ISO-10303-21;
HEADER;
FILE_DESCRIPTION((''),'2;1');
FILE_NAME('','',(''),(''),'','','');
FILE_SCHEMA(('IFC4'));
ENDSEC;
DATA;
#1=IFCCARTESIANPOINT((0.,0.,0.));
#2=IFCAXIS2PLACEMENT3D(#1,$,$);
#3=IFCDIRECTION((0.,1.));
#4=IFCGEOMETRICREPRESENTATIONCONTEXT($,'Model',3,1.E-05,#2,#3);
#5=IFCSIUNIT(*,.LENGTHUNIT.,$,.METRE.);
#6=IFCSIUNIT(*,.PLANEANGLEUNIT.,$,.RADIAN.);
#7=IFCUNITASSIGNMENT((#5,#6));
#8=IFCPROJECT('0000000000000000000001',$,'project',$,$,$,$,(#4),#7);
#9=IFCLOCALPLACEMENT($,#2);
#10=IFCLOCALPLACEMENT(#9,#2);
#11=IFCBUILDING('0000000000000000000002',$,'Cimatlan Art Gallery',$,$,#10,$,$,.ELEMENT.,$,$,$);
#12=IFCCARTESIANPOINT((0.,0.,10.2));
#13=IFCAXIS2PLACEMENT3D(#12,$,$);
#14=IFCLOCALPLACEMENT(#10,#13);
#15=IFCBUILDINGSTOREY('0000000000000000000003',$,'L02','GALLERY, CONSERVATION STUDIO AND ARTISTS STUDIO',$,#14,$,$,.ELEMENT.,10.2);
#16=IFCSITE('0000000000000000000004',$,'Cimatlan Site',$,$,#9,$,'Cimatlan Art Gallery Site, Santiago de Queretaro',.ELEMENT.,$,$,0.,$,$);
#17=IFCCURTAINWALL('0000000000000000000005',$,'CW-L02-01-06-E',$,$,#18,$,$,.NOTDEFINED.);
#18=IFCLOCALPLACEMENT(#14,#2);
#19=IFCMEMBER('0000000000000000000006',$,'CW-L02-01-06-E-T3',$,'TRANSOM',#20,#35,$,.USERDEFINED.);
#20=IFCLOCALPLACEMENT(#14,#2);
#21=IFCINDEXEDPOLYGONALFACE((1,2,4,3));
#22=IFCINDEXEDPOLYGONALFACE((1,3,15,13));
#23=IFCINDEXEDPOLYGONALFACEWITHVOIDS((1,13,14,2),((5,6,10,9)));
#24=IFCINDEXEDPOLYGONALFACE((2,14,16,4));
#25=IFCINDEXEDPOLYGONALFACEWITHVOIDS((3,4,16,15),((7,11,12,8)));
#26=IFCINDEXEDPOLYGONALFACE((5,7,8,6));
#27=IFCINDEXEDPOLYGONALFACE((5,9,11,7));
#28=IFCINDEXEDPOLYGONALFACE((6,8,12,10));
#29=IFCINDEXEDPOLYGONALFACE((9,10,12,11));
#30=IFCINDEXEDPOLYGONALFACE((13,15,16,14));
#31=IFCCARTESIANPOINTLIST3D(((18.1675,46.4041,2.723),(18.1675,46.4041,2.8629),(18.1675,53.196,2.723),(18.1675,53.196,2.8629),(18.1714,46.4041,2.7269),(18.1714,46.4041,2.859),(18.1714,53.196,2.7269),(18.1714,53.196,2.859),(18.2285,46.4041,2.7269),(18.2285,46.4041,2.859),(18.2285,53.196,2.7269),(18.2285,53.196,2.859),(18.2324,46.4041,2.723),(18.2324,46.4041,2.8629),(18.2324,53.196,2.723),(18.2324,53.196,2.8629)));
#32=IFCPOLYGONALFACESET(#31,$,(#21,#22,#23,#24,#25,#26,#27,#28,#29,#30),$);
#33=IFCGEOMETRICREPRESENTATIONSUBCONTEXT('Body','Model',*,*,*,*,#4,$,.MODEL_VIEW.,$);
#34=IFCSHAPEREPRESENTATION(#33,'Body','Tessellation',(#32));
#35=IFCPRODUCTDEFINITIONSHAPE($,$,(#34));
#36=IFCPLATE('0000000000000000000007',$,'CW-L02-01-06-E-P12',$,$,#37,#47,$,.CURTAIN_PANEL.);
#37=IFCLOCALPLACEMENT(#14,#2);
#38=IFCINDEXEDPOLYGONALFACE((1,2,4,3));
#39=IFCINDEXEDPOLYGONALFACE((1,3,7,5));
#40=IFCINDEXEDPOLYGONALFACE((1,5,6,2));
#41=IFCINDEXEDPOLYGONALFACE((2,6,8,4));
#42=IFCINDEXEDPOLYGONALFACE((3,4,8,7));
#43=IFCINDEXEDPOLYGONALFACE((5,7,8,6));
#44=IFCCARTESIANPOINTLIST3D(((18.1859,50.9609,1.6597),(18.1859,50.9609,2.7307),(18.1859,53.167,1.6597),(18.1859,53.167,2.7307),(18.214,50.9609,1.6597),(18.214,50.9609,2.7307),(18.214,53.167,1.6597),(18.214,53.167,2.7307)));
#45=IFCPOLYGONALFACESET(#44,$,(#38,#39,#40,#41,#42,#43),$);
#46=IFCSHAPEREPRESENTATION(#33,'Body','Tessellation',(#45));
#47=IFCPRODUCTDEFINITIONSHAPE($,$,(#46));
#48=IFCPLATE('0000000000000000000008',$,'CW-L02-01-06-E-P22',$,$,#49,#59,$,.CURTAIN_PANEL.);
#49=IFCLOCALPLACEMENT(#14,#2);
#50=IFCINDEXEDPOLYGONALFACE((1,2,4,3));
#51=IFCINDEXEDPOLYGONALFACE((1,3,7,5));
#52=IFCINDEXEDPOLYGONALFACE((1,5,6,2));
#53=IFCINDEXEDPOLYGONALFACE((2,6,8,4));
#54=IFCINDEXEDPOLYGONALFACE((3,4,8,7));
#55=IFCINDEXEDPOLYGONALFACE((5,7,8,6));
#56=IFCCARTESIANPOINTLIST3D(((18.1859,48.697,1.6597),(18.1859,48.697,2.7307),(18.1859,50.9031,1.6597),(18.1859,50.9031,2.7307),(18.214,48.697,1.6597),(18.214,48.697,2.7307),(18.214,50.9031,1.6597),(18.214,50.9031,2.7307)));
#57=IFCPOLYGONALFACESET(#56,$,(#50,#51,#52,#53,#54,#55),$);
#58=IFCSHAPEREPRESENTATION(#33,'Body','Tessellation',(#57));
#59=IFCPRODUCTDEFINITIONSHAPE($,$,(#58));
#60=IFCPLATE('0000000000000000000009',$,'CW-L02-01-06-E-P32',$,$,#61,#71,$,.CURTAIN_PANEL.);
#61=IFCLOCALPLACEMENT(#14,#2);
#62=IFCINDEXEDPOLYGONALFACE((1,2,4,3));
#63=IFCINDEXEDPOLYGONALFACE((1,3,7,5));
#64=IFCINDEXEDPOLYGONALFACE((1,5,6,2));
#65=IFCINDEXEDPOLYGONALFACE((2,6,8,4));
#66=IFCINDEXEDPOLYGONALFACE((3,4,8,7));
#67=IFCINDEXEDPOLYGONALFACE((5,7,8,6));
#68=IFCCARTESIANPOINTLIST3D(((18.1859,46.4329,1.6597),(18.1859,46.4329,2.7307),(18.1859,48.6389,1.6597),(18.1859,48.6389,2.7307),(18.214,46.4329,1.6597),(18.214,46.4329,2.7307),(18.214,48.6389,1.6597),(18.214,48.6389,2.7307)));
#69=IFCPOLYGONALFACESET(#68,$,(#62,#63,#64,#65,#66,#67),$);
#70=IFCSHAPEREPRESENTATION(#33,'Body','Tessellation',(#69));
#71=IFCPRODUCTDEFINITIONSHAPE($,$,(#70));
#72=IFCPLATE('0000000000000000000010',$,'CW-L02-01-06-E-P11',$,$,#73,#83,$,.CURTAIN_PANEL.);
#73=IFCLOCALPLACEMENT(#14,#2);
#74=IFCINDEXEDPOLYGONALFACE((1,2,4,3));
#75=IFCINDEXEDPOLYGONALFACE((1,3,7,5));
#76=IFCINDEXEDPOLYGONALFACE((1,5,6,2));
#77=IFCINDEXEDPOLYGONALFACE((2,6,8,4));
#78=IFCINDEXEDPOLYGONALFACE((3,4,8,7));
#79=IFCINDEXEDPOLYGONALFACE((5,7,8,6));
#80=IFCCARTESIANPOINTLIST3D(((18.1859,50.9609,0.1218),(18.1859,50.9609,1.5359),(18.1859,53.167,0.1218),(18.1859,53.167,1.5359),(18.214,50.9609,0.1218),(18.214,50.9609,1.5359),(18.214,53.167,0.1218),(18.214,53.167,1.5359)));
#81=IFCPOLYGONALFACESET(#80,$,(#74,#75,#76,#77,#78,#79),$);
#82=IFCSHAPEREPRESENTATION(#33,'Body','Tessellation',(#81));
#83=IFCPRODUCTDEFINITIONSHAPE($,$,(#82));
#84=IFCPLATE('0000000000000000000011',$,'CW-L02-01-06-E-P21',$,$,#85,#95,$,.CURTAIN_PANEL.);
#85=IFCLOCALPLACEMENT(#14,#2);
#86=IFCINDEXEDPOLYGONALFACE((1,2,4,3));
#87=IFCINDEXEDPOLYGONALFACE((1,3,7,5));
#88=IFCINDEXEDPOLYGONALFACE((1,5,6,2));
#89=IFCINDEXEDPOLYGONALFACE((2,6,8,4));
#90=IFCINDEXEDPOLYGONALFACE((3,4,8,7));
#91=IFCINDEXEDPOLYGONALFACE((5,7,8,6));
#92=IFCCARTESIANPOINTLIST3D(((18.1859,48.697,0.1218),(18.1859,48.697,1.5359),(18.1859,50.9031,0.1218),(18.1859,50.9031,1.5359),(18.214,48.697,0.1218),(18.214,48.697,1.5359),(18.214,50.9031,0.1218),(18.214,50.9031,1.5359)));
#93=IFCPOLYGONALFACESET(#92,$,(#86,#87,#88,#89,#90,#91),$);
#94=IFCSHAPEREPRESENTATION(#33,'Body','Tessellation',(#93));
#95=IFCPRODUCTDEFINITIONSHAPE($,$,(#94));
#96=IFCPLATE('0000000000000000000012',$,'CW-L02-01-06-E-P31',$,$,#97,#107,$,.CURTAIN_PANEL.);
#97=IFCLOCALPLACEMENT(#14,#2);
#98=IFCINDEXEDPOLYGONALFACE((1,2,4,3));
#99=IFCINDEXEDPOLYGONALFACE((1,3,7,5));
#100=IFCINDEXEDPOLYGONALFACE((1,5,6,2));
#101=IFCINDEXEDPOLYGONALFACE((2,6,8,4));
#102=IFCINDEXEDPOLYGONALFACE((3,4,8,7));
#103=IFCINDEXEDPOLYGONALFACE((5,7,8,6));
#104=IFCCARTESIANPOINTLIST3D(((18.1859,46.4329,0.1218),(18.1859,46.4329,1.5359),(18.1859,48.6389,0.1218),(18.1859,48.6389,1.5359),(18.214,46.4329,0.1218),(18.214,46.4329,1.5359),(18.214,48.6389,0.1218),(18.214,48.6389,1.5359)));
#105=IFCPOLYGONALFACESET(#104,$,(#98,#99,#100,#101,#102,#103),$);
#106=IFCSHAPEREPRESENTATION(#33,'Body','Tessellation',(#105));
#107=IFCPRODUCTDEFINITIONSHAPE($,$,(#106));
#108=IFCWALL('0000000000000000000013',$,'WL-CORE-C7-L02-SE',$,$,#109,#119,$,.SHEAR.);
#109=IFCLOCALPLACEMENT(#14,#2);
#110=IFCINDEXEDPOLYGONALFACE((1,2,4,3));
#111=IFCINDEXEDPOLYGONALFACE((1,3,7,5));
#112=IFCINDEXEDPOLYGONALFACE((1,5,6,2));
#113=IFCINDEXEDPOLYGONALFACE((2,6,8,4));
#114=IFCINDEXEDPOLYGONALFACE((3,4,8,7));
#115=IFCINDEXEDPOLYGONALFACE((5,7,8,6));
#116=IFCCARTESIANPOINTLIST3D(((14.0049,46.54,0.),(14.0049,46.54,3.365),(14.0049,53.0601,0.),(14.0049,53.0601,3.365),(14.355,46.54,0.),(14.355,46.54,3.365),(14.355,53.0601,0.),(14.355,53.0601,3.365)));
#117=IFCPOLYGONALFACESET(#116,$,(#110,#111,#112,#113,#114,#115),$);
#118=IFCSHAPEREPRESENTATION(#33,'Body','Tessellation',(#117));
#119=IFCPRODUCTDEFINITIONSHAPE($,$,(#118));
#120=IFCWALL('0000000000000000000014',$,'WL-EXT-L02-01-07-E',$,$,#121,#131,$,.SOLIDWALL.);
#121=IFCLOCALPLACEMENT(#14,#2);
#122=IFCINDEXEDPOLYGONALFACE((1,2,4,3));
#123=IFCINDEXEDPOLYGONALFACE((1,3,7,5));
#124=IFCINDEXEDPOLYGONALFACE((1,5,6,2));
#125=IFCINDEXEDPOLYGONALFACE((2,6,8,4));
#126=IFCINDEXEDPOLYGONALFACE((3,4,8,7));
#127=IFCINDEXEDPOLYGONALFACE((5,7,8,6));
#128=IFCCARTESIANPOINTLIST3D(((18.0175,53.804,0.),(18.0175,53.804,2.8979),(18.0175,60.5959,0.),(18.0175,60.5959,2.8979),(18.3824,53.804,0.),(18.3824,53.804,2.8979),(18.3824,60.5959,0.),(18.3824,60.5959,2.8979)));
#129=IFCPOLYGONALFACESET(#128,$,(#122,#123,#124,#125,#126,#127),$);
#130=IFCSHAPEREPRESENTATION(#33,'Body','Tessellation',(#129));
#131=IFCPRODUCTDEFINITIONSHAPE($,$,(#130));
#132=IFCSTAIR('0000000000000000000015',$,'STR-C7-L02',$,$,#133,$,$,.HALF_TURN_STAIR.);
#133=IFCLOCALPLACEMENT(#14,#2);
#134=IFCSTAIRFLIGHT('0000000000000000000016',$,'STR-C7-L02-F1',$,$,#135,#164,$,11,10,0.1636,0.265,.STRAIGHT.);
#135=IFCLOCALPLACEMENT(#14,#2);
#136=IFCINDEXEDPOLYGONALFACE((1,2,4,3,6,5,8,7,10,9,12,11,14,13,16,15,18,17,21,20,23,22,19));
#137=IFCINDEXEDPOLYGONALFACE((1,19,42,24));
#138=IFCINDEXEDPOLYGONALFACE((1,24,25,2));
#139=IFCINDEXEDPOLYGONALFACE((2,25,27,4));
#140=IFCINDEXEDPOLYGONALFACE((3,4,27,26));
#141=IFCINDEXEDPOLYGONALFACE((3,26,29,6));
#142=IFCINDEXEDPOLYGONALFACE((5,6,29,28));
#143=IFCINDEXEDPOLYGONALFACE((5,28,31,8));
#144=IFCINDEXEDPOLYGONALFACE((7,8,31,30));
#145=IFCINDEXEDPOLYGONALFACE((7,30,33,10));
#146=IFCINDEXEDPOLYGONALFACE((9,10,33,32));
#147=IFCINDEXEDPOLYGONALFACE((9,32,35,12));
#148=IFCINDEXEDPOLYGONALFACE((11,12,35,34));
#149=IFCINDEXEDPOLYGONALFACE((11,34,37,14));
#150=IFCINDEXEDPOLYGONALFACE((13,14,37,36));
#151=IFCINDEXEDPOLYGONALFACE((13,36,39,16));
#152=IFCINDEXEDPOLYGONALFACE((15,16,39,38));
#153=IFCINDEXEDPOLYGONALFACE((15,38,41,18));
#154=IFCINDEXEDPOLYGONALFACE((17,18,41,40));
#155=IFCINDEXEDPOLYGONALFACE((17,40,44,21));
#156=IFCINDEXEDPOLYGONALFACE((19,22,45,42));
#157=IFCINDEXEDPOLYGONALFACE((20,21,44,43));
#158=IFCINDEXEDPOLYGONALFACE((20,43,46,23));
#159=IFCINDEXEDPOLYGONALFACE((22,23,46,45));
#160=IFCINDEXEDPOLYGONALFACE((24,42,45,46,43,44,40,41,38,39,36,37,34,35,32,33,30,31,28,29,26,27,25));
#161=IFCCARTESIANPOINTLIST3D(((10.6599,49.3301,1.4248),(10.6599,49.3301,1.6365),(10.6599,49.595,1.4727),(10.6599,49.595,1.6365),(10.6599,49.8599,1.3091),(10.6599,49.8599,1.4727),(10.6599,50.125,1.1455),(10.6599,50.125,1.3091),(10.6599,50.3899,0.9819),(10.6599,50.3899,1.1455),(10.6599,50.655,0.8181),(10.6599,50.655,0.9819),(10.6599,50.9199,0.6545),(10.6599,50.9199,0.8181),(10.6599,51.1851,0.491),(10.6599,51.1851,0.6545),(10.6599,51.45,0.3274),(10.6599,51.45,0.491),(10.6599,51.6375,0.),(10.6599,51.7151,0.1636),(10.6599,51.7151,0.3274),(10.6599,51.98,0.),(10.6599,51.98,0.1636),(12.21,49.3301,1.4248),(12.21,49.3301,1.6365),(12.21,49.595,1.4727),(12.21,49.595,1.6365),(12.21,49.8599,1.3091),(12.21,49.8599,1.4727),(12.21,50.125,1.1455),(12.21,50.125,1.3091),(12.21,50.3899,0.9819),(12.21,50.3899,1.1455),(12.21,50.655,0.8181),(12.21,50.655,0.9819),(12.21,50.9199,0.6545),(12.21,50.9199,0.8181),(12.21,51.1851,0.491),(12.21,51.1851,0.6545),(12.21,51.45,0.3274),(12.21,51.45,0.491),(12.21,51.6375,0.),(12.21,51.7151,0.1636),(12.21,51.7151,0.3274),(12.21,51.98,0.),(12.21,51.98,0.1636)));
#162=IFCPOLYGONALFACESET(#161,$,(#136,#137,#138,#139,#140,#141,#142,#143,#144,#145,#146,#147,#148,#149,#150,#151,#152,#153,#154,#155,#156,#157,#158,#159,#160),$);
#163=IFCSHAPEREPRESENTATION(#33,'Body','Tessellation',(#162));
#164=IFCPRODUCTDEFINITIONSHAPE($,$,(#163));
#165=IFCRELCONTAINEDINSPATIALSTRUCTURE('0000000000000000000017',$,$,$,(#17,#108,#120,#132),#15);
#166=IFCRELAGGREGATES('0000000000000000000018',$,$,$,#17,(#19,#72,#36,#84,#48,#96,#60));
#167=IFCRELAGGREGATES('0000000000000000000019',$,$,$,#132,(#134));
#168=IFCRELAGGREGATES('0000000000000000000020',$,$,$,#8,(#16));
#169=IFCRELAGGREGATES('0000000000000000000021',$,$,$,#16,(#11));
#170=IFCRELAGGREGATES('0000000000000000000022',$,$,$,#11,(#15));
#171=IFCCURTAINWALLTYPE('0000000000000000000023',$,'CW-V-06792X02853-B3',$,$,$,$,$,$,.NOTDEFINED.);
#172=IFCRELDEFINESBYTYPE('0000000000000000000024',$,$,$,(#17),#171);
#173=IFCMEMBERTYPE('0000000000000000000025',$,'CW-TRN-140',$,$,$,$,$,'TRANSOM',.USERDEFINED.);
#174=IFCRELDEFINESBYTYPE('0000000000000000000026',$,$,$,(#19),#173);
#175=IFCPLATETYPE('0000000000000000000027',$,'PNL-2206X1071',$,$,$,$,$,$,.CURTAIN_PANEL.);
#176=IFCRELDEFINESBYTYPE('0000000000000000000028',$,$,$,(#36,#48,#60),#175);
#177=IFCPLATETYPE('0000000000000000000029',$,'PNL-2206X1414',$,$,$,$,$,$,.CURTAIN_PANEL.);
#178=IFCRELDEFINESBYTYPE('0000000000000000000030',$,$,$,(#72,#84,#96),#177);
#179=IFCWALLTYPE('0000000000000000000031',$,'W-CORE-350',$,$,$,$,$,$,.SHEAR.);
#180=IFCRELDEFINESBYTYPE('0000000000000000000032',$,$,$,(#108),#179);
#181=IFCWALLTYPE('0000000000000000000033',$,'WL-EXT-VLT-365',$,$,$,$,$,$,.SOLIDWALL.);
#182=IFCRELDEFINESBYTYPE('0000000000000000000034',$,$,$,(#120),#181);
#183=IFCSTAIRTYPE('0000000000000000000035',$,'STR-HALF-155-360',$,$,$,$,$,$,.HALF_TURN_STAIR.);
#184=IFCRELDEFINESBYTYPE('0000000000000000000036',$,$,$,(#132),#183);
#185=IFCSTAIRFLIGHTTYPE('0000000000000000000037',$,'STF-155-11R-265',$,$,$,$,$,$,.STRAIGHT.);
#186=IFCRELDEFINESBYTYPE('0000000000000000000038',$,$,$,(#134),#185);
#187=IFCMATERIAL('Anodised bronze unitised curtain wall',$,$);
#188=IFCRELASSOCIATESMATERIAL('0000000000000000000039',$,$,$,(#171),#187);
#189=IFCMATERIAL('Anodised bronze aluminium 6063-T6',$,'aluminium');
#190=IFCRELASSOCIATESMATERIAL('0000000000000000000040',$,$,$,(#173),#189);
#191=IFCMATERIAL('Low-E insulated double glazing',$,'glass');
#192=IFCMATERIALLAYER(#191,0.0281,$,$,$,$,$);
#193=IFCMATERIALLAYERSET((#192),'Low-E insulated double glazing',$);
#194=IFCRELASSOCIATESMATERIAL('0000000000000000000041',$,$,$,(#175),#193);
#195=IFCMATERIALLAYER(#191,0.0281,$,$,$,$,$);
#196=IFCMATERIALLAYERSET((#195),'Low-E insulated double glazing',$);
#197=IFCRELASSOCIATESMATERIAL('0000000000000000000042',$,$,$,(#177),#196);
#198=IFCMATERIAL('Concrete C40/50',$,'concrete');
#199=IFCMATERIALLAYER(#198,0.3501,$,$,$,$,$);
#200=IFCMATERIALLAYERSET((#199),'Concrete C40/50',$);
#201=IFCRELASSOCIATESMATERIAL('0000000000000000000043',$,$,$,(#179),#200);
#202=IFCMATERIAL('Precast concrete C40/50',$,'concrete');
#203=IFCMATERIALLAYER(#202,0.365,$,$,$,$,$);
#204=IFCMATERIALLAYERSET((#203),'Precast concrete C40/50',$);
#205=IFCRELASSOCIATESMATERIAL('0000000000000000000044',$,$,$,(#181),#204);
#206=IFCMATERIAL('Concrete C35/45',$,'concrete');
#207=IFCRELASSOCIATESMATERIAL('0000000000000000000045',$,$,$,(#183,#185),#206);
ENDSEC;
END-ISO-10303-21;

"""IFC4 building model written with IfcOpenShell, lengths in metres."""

from ifc_helpers import new_model, si_unit, direction, frame, frame_2d, origin, origin_2d, place, context, subcontext, project, spatial, polyline, rectangle, hollow_rectangle, outline, extrude, material, layer, layer_set, material_profile, profile_set, type_object, element, aggregate, save


model = new_model("IFC4")

# Units and contexts
model_context = context("Model", 3, precision=1e-05, world=origin(), true_north=direction((0.0, 1.0)))
body_context = subcontext(model_context, "Body", "Model", "MODEL_VIEW")
ifc_project = project(units=[si_unit("LENGTHUNIT", "METRE"), si_unit("PLANEANGLEUNIT", "RADIAN")], contexts=[model_context])

# Site, building, storey
site_placement = place(None, origin())
site = spatial("IfcSite", under=ifc_project, at=site_placement, Name="Cimatlan Site", LongName="Cimatlan Art Gallery Site, Santiago de Queretaro", CompositionType="ELEMENT", RefElevation=0.0)
building_placement = place(site_placement, origin())
building = spatial("IfcBuilding", under=site, at=building_placement, Name="Cimatlan Art Gallery", CompositionType="ELEMENT")
storey_placement = place(building_placement, frame((0.0, 0.0, 10.2)))
storey = spatial("IfcBuildingStorey", under=building, at=storey_placement, Name="L02", Description="GALLERY, CONSERVATION STUDIO AND ARTISTS STUDIO", CompositionType="ELEMENT", Elevation=10.2)

# Curtain wall, member, plates
ifc_material_1 = material(Name="Anodised bronze unitised curtain wall")
curtain_wall_type = type_object("IfcCurtainWallType", Name="CW-V-06792X02853-B3", PredefinedType="NOTDEFINED", material=ifc_material_1)
curtain_wall_placement = place(storey_placement, origin())
curtain_wall = element("IfcCurtainWall", 1, at=curtain_wall_placement, inside=storey, type_object=curtain_wall_type, Name="CW-L02-01-06-E", PredefinedType="NOTDEFINED")
ifc_material_2 = material(Name="Anodised bronze aluminium 6063-T6", Category="aluminium")
ifc_material_profile_1 = material_profile(ifc_material_2, hollow_rectangle(XDim=0.0649, YDim=0.1399, WallThickness=0.0039, at=origin_2d()), Name="ALU65X140X4")
ifc_profile_set_1 = profile_set([ifc_material_profile_1], Name="Anodised bronze aluminium 6063-T6")
member_type_1 = type_object("IfcMemberType", Name="CW-TRN-140", ElementType="TRANSOM", PredefinedType="USERDEFINED", material=ifc_profile_set_1)
member_1_placement = place(storey_placement, frame((18.2, 53.196, 2.793), z_axis=(0.0, -1.0, 0.0), x_axis=(1.0, 0.0, 0.0)))
member_1 = element("IfcMember", 2, at=member_1_placement, type_object=member_type_1, Name="CW-L02-01-06-E-T3", ObjectType="TRANSOM", PredefinedType="USERDEFINED", context=body_context, shape_type="SweptSolid", body=[
    extrude(hollow_rectangle(XDim=0.0649, YDim=0.1399, WallThickness=0.0039, at=origin_2d()), origin(), (0.0, 0.0, 1.0), 6.792),
])
ifc_material_3 = material(Name="Low-E insulated double glazing", Category="glass")
ifc_layer_1 = layer(ifc_material_3, 0.0281)
ifc_layer_set_1 = layer_set([ifc_layer_1], Name="Low-E insulated double glazing")
plate_type_1 = type_object("IfcPlateType", Name="PNL-2206X1071", PredefinedType="CURTAIN_PANEL", material=ifc_layer_set_1)
plate_1_placement = place(storey_placement, frame((18.2, 52.064, 1.6597), z_axis=(0.0, 0.0, 1.0), x_axis=(0.0, -1.0, 0.0)))
plate_1 = element("IfcPlate", 3, at=plate_1_placement, type_object=plate_type_1, Name="CW-L02-01-06-E-P12", PredefinedType="CURTAIN_PANEL", context=body_context, shape_type="SweptSolid", body=[
    extrude(rectangle(XDim=2.2061, YDim=0.0281, at=origin_2d()), origin(), (0.0, 0.0, 1.0), 1.071),
])
plate_2_placement = place(storey_placement, frame((18.2, 49.8, 1.6597), z_axis=(0.0, 0.0, 1.0), x_axis=(0.0, -1.0, 0.0)))
plate_2 = element("IfcPlate", 4, at=plate_2_placement, type_object=plate_type_1, Name="CW-L02-01-06-E-P22", PredefinedType="CURTAIN_PANEL", context=body_context, shape_type="SweptSolid", body=[
    extrude(rectangle(XDim=2.2061, YDim=0.0281, at=origin_2d()), origin(), (0.0, 0.0, 1.0), 1.071),
])
plate_3_placement = place(storey_placement, frame((18.2, 47.5359, 1.6597), z_axis=(0.0, 0.0, 1.0), x_axis=(0.0, -1.0, 0.0)))
plate_3 = element("IfcPlate", 5, at=plate_3_placement, type_object=plate_type_1, Name="CW-L02-01-06-E-P32", PredefinedType="CURTAIN_PANEL", context=body_context, shape_type="SweptSolid", body=[
    extrude(rectangle(XDim=2.2061, YDim=0.0281, at=origin_2d()), origin(), (0.0, 0.0, 1.0), 1.071),
])
ifc_layer_2 = layer(ifc_material_3, 0.0281)
ifc_layer_set_2 = layer_set([ifc_layer_2], Name="Low-E insulated double glazing")
plate_type_2 = type_object("IfcPlateType", Name="PNL-2206X1414", PredefinedType="CURTAIN_PANEL", material=ifc_layer_set_2)
plate_4_placement = place(storey_placement, frame((18.2, 52.064, 0.1218), z_axis=(0.0, 0.0, 1.0), x_axis=(0.0, -1.0, 0.0)))
plate_4 = element("IfcPlate", 6, at=plate_4_placement, type_object=plate_type_2, Name="CW-L02-01-06-E-P11", PredefinedType="CURTAIN_PANEL", context=body_context, shape_type="SweptSolid", body=[
    extrude(rectangle(XDim=2.2061, YDim=0.0281, at=origin_2d()), origin(), (0.0, 0.0, 1.0), 1.4141),
])
plate_5_placement = place(storey_placement, frame((18.2, 49.8, 0.1218), z_axis=(0.0, 0.0, 1.0), x_axis=(0.0, -1.0, 0.0)))
plate_5 = element("IfcPlate", 7, at=plate_5_placement, type_object=plate_type_2, Name="CW-L02-01-06-E-P21", PredefinedType="CURTAIN_PANEL", context=body_context, shape_type="SweptSolid", body=[
    extrude(rectangle(XDim=2.2061, YDim=0.0281, at=origin_2d()), origin(), (0.0, 0.0, 1.0), 1.4141),
])
plate_6_placement = place(storey_placement, frame((18.2, 47.5359, 0.1218), z_axis=(0.0, 0.0, 1.0), x_axis=(0.0, -1.0, 0.0)))
plate_6 = element("IfcPlate", 8, at=plate_6_placement, type_object=plate_type_2, Name="CW-L02-01-06-E-P31", PredefinedType="CURTAIN_PANEL", context=body_context, shape_type="SweptSolid", body=[
    extrude(rectangle(XDim=2.2061, YDim=0.0281, at=origin_2d()), origin(), (0.0, 0.0, 1.0), 1.4141),
])
aggregate(curtain_wall, [member_1, plate_4, plate_1, plate_5, plate_2, plate_6, plate_3])

# Walls
ifc_material_4 = material(Name="Concrete C40/50", Category="concrete")
ifc_layer_3 = layer(ifc_material_4, 0.3501)
ifc_layer_set_3 = layer_set([ifc_layer_3], Name="Concrete C40/50")
wall_type_1 = type_object("IfcWallType", Name="W-CORE-350", PredefinedType="SHEAR", material=ifc_layer_set_3)
wall_1_placement = place(storey_placement, frame((14.1799, 46.54, 0.0), z_axis=(0.0, 0.0, 1.0), x_axis=(0.0, 1.0, 0.0)))
element("IfcWall", 9, at=wall_1_placement, inside=storey, type_object=wall_type_1, Name="WL-CORE-C7-L02-SE", PredefinedType="SHEAR", context=body_context, shape_type="SweptSolid", body=[
    extrude(rectangle(XDim=6.52, YDim=0.3501, at=frame_2d((3.26, 0.0))), origin(), (0.0, 0.0, 1.0), 3.365),
])
ifc_material_5 = material(Name="Precast concrete C40/50", Category="concrete")
ifc_layer_4 = layer(ifc_material_5, 0.365)
ifc_layer_set_4 = layer_set([ifc_layer_4], Name="Precast concrete C40/50")
wall_type_2 = type_object("IfcWallType", Name="WL-EXT-VLT-365", PredefinedType="SOLIDWALL", material=ifc_layer_set_4)
wall_2_placement = place(storey_placement, frame((18.2, 60.5959, 0.0), z_axis=(0.0, 0.0, 1.0), x_axis=(0.0, -1.0, 0.0)))
element("IfcWall", 10, at=wall_2_placement, inside=storey, type_object=wall_type_2, Name="WL-EXT-L02-01-07-E", PredefinedType="SOLIDWALL", context=body_context, shape_type="SweptSolid", body=[
    extrude(rectangle(XDim=6.792, YDim=0.365, at=frame_2d((3.396, 0.0))), origin(), (0.0, 0.0, 1.0), 2.8979),
])

# Stair, stair flight
ifc_material_6 = material(Name="Concrete C35/45", Category="concrete")
stair_type = type_object("IfcStairType", Name="STR-HALF-155-360", PredefinedType="HALF_TURN_STAIR", material=ifc_material_6)
stair_placement = place(storey_placement, origin())
stair = element("IfcStair", 11, at=stair_placement, inside=storey, type_object=stair_type, Name="STR-C7-L02", PredefinedType="HALF_TURN_STAIR")
stair_flight_type = type_object("IfcStairFlightType", Name="STF-155-11R-265", PredefinedType="STRAIGHT", material=ifc_material_6)
stair_flight_1_placement = place(storey_placement, frame((11.4351, 51.98, 0.0), z_axis=(0.0, 0.0, 1.0), x_axis=(0.0, -1.0, 0.0)))
stair_flight_1 = element("IfcStairFlight", 12, at=stair_flight_1_placement, type_object=stair_flight_type, Name="STR-C7-L02-F1", NumberOfRisers=11, NumberOfTreads=10, PredefinedType="STRAIGHT", RiserHeight=0.1636, TreadLength=0.265, context=body_context, shape_type="SweptSolid", body=[
    extrude(outline(polyline([(0.0, 0.0), (0.0, 0.1636), (0.2649, 0.1636), (0.2649, 0.3274), (0.53, 0.3274), (0.53, 0.491), (0.7949, 0.491), (0.7949, 0.6545), (1.0601, 0.6545), (1.0601, 0.8181), (1.325, 0.8181), (1.325, 0.9819), (1.5901, 0.9819), (1.5901, 1.1455), (1.855, 1.1455), (1.855, 1.3091), (2.1201, 1.3091), (2.1201, 1.4727), (2.385, 1.4727), (2.385, 1.6365), (2.6499, 1.6365), (2.6499, 1.8), (2.6499, 1.4248), (0.3425, 0.0), (0.0, 0.0)])), frame((0.0, 0.7749, 0.0), z_axis=(0.0, -1.0, 0.0), x_axis=(1.0, 0.0, 0.0)), (0.0, 0.0, 1.0), 1.55),
])
aggregate(stair, [stair_flight_1])

save(model, "model.ifc")
